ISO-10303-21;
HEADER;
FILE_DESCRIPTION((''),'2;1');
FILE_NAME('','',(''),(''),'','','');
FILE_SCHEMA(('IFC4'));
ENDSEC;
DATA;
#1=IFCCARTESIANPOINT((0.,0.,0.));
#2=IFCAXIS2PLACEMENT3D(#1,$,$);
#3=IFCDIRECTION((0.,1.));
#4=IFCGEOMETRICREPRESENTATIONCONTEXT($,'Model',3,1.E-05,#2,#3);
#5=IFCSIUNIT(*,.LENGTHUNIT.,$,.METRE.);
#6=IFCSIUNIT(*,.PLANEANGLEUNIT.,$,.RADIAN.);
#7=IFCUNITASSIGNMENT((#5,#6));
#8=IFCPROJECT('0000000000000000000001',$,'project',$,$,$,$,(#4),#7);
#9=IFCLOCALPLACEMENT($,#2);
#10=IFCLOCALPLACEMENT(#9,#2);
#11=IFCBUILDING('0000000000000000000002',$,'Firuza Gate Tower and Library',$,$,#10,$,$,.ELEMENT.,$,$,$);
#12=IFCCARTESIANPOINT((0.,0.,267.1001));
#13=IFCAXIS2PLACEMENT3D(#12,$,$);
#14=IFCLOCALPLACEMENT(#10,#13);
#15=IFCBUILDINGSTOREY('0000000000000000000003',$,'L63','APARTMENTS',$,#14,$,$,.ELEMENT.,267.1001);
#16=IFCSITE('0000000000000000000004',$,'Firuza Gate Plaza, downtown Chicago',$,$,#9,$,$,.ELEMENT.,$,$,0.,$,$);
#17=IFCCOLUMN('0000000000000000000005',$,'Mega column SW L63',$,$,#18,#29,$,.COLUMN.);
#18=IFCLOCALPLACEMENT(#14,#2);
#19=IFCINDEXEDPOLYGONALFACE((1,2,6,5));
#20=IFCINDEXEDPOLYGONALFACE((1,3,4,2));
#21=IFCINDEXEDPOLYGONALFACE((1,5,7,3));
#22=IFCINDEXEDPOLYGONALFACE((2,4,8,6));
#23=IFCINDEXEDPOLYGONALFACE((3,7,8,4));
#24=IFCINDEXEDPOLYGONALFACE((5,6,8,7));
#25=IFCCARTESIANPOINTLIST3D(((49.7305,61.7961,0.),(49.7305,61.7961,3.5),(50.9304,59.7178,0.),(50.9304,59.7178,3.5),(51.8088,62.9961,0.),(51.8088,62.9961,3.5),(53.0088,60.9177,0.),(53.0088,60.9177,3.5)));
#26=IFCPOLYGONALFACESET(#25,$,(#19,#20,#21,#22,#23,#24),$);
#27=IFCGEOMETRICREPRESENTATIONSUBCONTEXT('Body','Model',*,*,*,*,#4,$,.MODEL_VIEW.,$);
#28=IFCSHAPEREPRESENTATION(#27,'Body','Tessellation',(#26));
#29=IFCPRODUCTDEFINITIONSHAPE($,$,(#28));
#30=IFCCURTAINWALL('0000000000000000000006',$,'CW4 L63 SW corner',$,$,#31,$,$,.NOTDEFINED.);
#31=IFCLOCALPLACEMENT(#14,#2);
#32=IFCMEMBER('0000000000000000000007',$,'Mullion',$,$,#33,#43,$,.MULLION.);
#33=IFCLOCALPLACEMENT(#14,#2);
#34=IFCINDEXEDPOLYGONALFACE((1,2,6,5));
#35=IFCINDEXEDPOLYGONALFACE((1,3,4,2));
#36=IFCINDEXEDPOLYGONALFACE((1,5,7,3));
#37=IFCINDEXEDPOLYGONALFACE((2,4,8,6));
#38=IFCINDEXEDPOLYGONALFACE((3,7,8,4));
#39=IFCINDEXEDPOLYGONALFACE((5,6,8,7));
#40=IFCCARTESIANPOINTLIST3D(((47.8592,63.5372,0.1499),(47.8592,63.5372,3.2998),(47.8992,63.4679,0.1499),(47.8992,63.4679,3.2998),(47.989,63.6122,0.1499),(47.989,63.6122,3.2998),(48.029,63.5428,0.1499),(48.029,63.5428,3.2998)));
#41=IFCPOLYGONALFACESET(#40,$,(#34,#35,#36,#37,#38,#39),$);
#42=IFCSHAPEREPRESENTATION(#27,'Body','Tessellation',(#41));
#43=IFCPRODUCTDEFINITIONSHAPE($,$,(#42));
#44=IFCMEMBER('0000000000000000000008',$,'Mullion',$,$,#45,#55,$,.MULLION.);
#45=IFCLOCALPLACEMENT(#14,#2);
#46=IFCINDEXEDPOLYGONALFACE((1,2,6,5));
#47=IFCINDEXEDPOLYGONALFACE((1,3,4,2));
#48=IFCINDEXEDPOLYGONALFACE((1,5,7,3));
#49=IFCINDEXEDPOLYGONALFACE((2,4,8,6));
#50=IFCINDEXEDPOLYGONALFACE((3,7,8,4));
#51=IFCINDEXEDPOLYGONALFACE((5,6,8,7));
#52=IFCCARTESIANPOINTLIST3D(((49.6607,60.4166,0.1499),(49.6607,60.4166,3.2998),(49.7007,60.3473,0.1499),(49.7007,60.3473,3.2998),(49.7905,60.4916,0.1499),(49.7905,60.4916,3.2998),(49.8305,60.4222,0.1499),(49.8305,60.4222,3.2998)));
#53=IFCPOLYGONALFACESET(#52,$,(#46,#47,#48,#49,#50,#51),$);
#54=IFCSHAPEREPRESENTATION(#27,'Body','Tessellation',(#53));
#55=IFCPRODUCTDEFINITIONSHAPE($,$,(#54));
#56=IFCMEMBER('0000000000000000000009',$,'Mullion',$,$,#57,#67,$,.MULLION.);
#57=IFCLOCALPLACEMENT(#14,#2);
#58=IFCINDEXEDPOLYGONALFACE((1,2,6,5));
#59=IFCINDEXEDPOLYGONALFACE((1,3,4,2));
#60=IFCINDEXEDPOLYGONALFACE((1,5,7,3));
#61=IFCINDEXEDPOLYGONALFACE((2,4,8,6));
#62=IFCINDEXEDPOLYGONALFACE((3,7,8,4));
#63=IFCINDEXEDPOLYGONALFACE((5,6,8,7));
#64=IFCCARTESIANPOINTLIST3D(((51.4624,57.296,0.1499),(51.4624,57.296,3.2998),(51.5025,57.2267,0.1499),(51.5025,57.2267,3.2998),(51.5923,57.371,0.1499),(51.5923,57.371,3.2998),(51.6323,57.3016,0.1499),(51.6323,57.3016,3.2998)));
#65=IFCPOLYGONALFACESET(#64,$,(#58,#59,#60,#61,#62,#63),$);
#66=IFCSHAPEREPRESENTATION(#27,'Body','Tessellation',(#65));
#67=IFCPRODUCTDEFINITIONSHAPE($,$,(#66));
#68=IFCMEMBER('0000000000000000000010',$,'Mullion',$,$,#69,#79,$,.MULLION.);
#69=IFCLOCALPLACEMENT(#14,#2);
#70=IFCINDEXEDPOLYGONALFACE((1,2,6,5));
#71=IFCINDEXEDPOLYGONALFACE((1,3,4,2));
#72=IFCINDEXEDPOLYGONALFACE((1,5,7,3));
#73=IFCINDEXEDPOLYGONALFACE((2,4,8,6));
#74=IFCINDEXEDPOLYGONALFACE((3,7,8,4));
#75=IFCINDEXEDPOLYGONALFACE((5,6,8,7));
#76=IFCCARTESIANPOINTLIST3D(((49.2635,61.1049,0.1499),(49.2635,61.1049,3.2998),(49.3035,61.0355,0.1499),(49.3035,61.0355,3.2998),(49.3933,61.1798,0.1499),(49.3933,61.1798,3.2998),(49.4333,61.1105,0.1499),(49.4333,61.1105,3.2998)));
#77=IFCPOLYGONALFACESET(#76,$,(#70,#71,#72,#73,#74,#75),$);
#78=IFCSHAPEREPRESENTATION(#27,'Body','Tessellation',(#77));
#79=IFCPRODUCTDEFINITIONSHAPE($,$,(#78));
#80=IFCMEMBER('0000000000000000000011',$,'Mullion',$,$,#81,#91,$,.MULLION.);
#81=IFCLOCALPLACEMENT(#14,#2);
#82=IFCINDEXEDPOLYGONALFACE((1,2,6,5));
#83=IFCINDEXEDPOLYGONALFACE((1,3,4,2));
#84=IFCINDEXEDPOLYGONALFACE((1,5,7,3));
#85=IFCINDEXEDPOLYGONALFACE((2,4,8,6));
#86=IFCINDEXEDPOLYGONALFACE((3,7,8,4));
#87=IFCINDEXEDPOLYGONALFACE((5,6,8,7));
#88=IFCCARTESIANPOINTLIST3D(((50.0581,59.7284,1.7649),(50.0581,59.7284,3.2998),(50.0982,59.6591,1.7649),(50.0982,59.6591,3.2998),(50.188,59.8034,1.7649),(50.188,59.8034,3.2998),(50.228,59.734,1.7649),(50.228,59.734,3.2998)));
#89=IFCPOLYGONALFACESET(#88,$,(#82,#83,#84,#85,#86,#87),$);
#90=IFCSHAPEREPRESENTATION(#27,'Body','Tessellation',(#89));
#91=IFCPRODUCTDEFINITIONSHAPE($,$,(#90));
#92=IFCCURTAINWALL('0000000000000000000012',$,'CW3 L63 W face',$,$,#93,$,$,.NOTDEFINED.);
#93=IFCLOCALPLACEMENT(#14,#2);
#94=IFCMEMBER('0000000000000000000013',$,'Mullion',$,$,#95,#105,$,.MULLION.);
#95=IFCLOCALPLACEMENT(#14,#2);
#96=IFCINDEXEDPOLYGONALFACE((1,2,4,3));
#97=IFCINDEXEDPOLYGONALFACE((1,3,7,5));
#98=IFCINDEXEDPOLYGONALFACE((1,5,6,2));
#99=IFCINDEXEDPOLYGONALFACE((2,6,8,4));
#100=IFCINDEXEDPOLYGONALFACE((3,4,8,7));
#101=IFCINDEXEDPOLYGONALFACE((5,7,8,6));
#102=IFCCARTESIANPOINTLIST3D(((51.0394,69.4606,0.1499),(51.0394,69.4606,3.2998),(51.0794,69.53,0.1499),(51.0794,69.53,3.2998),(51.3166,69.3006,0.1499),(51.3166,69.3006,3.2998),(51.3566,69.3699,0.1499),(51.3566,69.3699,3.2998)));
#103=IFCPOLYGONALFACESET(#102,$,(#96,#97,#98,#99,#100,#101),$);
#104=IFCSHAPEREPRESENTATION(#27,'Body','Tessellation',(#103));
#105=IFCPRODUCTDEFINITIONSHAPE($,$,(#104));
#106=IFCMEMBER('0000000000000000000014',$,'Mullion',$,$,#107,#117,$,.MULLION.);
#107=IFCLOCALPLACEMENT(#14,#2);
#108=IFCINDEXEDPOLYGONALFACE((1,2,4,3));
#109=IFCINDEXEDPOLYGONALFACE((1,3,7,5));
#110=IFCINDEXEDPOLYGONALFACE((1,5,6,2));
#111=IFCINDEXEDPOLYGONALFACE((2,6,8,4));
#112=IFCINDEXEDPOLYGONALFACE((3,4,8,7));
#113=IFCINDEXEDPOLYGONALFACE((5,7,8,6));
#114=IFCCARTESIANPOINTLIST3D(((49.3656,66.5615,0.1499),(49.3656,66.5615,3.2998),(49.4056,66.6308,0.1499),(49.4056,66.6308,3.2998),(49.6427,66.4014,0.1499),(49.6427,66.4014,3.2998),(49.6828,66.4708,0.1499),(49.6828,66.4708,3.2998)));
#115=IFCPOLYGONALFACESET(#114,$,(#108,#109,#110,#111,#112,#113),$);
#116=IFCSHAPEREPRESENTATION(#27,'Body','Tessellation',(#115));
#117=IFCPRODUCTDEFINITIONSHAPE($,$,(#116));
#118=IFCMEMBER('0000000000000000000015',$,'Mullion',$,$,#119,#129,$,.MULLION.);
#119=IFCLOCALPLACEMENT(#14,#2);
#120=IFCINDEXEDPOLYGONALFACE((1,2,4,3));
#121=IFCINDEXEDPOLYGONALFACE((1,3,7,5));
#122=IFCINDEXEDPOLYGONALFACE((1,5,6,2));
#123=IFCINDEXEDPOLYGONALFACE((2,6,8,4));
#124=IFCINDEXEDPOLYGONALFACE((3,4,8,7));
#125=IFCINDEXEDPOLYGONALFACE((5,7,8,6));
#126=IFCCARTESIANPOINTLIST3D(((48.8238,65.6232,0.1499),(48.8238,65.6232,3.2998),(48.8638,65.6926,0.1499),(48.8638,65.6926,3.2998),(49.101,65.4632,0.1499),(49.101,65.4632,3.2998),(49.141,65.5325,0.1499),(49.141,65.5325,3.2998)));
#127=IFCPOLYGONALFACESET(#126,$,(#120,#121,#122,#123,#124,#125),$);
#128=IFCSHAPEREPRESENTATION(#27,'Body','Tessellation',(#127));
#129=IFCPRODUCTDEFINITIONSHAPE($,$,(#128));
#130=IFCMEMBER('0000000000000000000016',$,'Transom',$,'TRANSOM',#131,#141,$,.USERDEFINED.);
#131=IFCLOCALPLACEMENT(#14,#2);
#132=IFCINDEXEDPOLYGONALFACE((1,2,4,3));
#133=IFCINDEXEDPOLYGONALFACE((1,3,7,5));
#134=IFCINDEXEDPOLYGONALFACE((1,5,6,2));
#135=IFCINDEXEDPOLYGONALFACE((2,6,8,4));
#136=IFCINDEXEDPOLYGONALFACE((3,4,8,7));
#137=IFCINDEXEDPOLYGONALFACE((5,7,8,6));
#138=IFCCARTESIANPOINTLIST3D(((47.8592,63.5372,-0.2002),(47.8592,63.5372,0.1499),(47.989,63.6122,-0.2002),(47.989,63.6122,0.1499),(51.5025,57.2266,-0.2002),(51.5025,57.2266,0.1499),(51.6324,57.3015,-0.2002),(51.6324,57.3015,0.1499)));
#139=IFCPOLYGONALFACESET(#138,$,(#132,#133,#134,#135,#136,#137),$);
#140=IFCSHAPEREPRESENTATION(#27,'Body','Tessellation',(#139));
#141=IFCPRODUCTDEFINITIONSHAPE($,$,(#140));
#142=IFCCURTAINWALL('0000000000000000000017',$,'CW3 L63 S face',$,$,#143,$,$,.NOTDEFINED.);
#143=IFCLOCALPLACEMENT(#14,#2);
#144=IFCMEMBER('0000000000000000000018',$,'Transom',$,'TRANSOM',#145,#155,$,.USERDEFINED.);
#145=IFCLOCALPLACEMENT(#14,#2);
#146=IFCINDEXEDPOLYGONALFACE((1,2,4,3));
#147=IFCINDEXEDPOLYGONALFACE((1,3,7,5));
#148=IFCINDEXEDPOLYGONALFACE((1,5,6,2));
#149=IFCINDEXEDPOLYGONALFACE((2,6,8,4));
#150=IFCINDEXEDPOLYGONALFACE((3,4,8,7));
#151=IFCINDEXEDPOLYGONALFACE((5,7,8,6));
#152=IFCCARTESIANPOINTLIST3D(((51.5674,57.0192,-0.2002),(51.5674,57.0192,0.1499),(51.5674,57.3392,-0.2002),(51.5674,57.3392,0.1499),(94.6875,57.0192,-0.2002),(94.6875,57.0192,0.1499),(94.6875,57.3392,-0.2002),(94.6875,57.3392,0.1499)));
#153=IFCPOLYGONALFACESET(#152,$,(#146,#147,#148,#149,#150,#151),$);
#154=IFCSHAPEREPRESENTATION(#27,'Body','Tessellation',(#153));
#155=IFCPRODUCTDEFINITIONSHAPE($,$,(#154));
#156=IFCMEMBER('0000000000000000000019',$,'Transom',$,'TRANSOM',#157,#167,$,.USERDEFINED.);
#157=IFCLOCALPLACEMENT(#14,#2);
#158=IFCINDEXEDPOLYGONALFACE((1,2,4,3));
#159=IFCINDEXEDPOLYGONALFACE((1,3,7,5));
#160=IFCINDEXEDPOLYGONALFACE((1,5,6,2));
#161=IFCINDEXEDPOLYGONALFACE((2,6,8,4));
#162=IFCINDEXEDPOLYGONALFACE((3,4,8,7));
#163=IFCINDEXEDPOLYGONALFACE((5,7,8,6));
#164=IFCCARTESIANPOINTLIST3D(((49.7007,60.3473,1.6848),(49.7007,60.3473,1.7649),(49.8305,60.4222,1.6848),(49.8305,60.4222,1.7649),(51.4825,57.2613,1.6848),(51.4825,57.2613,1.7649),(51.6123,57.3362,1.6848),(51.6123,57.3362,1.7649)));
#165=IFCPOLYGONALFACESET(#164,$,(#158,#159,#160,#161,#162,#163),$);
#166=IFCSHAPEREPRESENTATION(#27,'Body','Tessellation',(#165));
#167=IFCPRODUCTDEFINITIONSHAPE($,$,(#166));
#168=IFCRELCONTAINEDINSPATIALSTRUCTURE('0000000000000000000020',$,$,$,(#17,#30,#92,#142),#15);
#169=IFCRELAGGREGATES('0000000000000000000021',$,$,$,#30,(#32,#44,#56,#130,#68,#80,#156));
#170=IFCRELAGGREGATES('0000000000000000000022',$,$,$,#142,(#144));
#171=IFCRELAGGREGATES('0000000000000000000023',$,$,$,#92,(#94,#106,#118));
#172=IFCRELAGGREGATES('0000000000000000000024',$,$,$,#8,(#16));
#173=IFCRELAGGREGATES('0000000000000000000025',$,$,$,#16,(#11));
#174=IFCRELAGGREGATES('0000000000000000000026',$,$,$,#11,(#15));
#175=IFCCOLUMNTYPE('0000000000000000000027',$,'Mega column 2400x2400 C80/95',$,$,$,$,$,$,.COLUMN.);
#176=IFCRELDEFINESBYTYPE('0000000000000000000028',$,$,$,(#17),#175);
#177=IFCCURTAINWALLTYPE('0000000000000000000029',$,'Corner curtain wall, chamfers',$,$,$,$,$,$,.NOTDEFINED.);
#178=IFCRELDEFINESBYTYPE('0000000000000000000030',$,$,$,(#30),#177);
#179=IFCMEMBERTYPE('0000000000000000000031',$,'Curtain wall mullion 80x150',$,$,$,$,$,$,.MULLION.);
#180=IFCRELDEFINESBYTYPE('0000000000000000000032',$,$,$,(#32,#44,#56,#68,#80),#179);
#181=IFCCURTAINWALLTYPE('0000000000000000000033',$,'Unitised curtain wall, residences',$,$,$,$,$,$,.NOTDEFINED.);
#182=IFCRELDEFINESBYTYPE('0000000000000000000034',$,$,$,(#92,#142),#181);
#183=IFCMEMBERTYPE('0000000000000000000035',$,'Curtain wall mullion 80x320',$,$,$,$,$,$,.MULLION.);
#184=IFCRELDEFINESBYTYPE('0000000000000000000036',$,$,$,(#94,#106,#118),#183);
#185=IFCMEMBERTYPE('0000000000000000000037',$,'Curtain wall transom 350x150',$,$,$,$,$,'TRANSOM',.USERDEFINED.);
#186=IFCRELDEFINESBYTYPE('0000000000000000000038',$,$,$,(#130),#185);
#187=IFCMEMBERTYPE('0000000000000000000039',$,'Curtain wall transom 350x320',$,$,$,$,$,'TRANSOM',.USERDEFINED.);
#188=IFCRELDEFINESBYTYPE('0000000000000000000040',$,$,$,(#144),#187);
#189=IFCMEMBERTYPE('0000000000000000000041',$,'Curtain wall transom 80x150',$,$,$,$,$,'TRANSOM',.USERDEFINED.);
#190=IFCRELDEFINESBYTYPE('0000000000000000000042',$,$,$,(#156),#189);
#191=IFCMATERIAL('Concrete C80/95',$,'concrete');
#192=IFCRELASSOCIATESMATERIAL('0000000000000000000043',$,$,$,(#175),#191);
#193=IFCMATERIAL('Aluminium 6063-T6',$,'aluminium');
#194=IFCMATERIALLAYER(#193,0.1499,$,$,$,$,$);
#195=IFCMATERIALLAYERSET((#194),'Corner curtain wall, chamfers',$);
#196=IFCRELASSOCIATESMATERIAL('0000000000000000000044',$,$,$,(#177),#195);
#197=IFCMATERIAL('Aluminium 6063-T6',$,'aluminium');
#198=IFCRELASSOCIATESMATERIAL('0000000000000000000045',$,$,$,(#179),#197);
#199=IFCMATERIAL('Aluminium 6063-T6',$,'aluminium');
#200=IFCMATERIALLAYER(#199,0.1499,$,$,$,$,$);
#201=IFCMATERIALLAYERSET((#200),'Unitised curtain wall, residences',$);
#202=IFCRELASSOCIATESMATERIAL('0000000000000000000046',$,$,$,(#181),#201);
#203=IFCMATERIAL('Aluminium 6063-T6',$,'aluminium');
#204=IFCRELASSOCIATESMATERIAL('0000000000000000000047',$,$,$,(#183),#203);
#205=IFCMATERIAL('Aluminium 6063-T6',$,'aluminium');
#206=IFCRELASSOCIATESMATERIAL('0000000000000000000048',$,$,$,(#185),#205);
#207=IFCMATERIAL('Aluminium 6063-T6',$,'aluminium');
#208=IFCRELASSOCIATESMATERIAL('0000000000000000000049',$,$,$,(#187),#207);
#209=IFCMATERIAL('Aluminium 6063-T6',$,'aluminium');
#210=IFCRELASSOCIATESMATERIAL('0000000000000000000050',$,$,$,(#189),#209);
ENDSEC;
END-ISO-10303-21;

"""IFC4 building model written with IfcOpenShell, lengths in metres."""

from ifc_helpers import new_model, si_unit, direction, frame, origin, origin_2d, place, context, subcontext, project, spatial, rectangle, extrude, material, layer, layer_set, material_profile, profile_set, type_object, element, aggregate, save


model = new_model("IFC4")

# Units and contexts
model_context = context("Model", 3, precision=1e-05, world=origin(), true_north=direction((0.0, 1.0)))
body_context = subcontext(model_context, "Body", "Model", "MODEL_VIEW")
ifc_project = project(units=[si_unit("LENGTHUNIT", "METRE"), si_unit("PLANEANGLEUNIT", "RADIAN")], contexts=[model_context])

# Site, building, storey
site_placement = place(None, origin())
site = spatial("IfcSite", under=ifc_project, at=site_placement, Name="Firuza Gate Plaza, downtown Chicago", CompositionType="ELEMENT", RefElevation=0.0)
building_placement = place(site_placement, origin())
building = spatial("IfcBuilding", under=site, at=building_placement, Name="Firuza Gate Tower and Library", CompositionType="ELEMENT")
storey_placement = place(building_placement, frame((0.0, 0.0, 267.1001)))
storey = spatial("IfcBuildingStorey", under=building, at=storey_placement, Name="L63", Description="APARTMENTS", CompositionType="ELEMENT", Elevation=267.1001)

# Column
ifc_material_1 = material(Name="Concrete C80/95", Category="concrete")
ifc_material_profile_1 = material_profile(ifc_material_1, rectangle(XDim=2.3999, YDim=2.3999, at=origin_2d()))
ifc_profile_set_1 = profile_set([ifc_material_profile_1], Name="Concrete C80/95")
column_type = type_object("IfcColumnType", Name="Mega column 2400x2400 C80/95", PredefinedType="COLUMN", material=ifc_profile_set_1)
column_placement = place(storey_placement, frame((51.3696, 61.3569, 0.0), z_axis=(0.0, 0.0, 1.0), x_axis=(0.5, -0.866025, 0.0)))
element("IfcColumn", 1, at=column_placement, inside=storey, type_object=column_type, Name="Mega column SW L63", PredefinedType="COLUMN", context=body_context, shape_type="SweptSolid", body=[
    extrude(rectangle(XDim=2.3999, YDim=2.3999, at=origin_2d()), origin(), (0.0, 0.0, 1.0), 3.5),
])

# Curtain walls, members
ifc_material_2 = material(Name="Aluminium 6063-T6", Category="aluminium")
ifc_layer_1 = layer(ifc_material_2, 0.1499)
ifc_layer_set_1 = layer_set([ifc_layer_1], Name="Corner curtain wall, chamfers")
curtain_wall_type_1 = type_object("IfcCurtainWallType", Name="Corner curtain wall, chamfers", PredefinedType="NOTDEFINED", material=ifc_layer_set_1)
placement_1 = place(storey_placement, origin())
curtain_wall_1 = element("IfcCurtainWall", 2, at=placement_1, inside=storey, type_object=curtain_wall_type_1, Name="CW4 L63 SW corner", PredefinedType="NOTDEFINED")
ifc_material_3 = material(Name="Aluminium 6063-T6", Category="aluminium")
ifc_material_profile_2 = material_profile(ifc_material_3, rectangle(XDim=0.1499, YDim=0.0801, at=origin_2d()))
ifc_profile_set_2 = profile_set([ifc_material_profile_2], Name="Aluminium 6063-T6")
member_type_1 = type_object("IfcMemberType", Name="Curtain wall mullion 80x150", PredefinedType="MULLION", material=ifc_profile_set_2)
member_1_placement = place(storey_placement, frame((47.9441, 63.54, 0.1499), z_axis=(0.0, 0.0, 1.0), x_axis=(0.866025, 0.5, 0.0)))
member_1 = element("IfcMember", 3, at=member_1_placement, type_object=member_type_1, Name="Mullion", PredefinedType="MULLION", context=body_context, shape_type="SweptSolid", body=[
    extrude(rectangle(XDim=0.1499, YDim=0.0801, at=origin_2d()), origin(), (0.0, 0.0, 1.0), 3.1499),
])
member_2_placement = place(storey_placement, frame((49.7456, 60.4194, 0.1499), z_axis=(0.0, 0.0, 1.0), x_axis=(0.866025, 0.5, 0.0)))
member_2 = element("IfcMember", 4, at=member_2_placement, type_object=member_type_1, Name="Mullion", PredefinedType="MULLION", context=body_context, shape_type="SweptSolid", body=[
    extrude(rectangle(XDim=0.1499, YDim=0.0801, at=origin_2d()), origin(), (0.0, 0.0, 1.0), 3.1499),
])
member_3_placement = place(storey_placement, frame((51.5474, 57.2988, 0.1499), z_axis=(0.0, 0.0, 1.0), x_axis=(0.866025, 0.5, 0.0)))
member_3 = element("IfcMember", 5, at=member_3_placement, type_object=member_type_1, Name="Mullion", PredefinedType="MULLION", context=body_context, shape_type="SweptSolid", body=[
    extrude(rectangle(XDim=0.1499, YDim=0.0801, at=origin_2d()), origin(), (0.0, 0.0, 1.0), 3.1499),
])
member_4_placement = place(storey_placement, frame((49.3484, 61.1077, 0.1499), z_axis=(0.0, 0.0, 1.0), x_axis=(0.866025, 0.5, 0.0)))
member_4 = element("IfcMember", 6, at=member_4_placement, type_object=member_type_1, Name="Mullion", PredefinedType="MULLION", context=body_context, shape_type="SweptSolid", body=[
    extrude(rectangle(XDim=0.1499, YDim=0.0801, at=origin_2d()), origin(), (0.0, 0.0, 1.0), 3.1499),
])
member_5_placement = place(storey_placement, frame((50.1431, 59.7312, 1.7649), z_axis=(0.0, 0.0, 1.0), x_axis=(0.866025, 0.5, 0.0)))
member_5 = element("IfcMember", 7, at=member_5_placement, type_object=member_type_1, Name="Mullion", PredefinedType="MULLION", context=body_context, shape_type="SweptSolid", body=[
    extrude(rectangle(XDim=0.1499, YDim=0.0801, at=origin_2d()), origin(), (0.0, 0.0, 1.0), 1.5349),
])
ifc_material_4 = material(Name="Aluminium 6063-T6", Category="aluminium")
ifc_layer_2 = layer(ifc_material_4, 0.1499)
ifc_layer_set_2 = layer_set([ifc_layer_2], Name="Unitised curtain wall, residences")
curtain_wall_type_2 = type_object("IfcCurtainWallType", Name="Unitised curtain wall, residences", PredefinedType="NOTDEFINED", material=ifc_layer_set_2)
curtain_wall_2 = element("IfcCurtainWall", 8, at=placement_1, inside=storey, type_object=curtain_wall_type_2, Name="CW3 L63 W face", PredefinedType="NOTDEFINED")
ifc_material_5 = material(Name="Aluminium 6063-T6", Category="aluminium")
ifc_material_profile_3 = material_profile(ifc_material_5, rectangle(XDim=0.3201, YDim=0.0801, at=origin_2d()))
ifc_profile_set_3 = profile_set([ifc_material_profile_3], Name="Aluminium 6063-T6")
member_type_2 = type_object("IfcMemberType", Name="Curtain wall mullion 80x320", PredefinedType="MULLION", material=ifc_profile_set_3)
member_6_placement = place(storey_placement, frame((51.198, 69.4153, 0.1499), z_axis=(0.0, 0.0, 1.0), x_axis=(0.866025, -0.5, 0.0)))
member_6 = element("IfcMember", 9, at=member_6_placement, type_object=member_type_2, Name="Mullion", PredefinedType="MULLION", context=body_context, shape_type="SweptSolid", body=[
    extrude(rectangle(XDim=0.3201, YDim=0.0801, at=origin_2d()), origin(), (0.0, 0.0, 1.0), 3.1499),
])
member_7_placement = place(storey_placement, frame((49.5242, 66.5161, 0.1499), z_axis=(0.0, 0.0, 1.0), x_axis=(0.866025, -0.5, 0.0)))
member_7 = element("IfcMember", 10, at=member_7_placement, type_object=member_type_2, Name="Mullion", PredefinedType="MULLION", context=body_context, shape_type="SweptSolid", body=[
    extrude(rectangle(XDim=0.3201, YDim=0.0801, at=origin_2d()), origin(), (0.0, 0.0, 1.0), 3.1499),
])
member_8_placement = place(storey_placement, frame((48.9824, 65.5779, 0.1499), z_axis=(0.0, 0.0, 1.0), x_axis=(0.866025, -0.5, 0.0)))
member_8 = element("IfcMember", 11, at=member_8_placement, type_object=member_type_2, Name="Mullion", PredefinedType="MULLION", context=body_context, shape_type="SweptSolid", body=[
    extrude(rectangle(XDim=0.3201, YDim=0.0801, at=origin_2d()), origin(), (0.0, 0.0, 1.0), 3.1499),
])

# Member
ifc_material_6 = material(Name="Aluminium 6063-T6", Category="aluminium")
ifc_material_profile_4 = material_profile(ifc_material_6, rectangle(XDim=0.1499, YDim=0.3501, at=origin_2d()))
ifc_profile_set_4 = profile_set([ifc_material_profile_4], Name="Aluminium 6063-T6")
member_type_3 = type_object("IfcMemberType", Name="Curtain wall transom 350x150", ElementType="TRANSOM", PredefinedType="USERDEFINED", material=ifc_profile_set_4)
member_9_placement = place(storey_placement, frame((47.9241, 63.5747, -0.0251), z_axis=(0.499991, -0.86603, 0.0), x_axis=(0.86603, 0.499991, 0.0)))
member_9 = element("IfcMember", 12, at=member_9_placement, type_object=member_type_3, Name="Transom", ObjectType="TRANSOM", PredefinedType="USERDEFINED", context=body_context, shape_type="SweptSolid", body=[
    extrude(rectangle(XDim=0.1499, YDim=0.3501, at=origin_2d()), origin(), (0.0, 0.0, 1.0), 7.2869),
])

# Curtain wall, member
curtain_wall_3 = element("IfcCurtainWall", 13, at=placement_1, inside=storey, type_object=curtain_wall_type_2, Name="CW3 L63 S face", PredefinedType="NOTDEFINED")
ifc_material_7 = material(Name="Aluminium 6063-T6", Category="aluminium")
ifc_material_profile_5 = material_profile(ifc_material_7, rectangle(XDim=0.3201, YDim=0.3501, at=origin_2d()))
ifc_profile_set_5 = profile_set([ifc_material_profile_5], Name="Aluminium 6063-T6")
member_type_4 = type_object("IfcMemberType", Name="Curtain wall transom 350x320", ElementType="TRANSOM", PredefinedType="USERDEFINED", material=ifc_profile_set_5)
member_10_placement = place(storey_placement, frame((51.5674, 57.1792, -0.0251), z_axis=(1.0, 0.0, 0.0), x_axis=(0.0, 1.0, 0.0)))
member_10 = element("IfcMember", 14, at=member_10_placement, type_object=member_type_4, Name="Transom", ObjectType="TRANSOM", PredefinedType="USERDEFINED", context=body_context, shape_type="SweptSolid", body=[
    extrude(rectangle(XDim=0.3201, YDim=0.3501, at=origin_2d()), origin(), (0.0, 0.0, 1.0), 43.1201),
])

# Member
ifc_material_8 = material(Name="Aluminium 6063-T6", Category="aluminium")
ifc_material_profile_6 = material_profile(ifc_material_8, rectangle(XDim=0.1499, YDim=0.0801, at=origin_2d()))
ifc_profile_set_6 = profile_set([ifc_material_profile_6], Name="Aluminium 6063-T6")
member_type_5 = type_object("IfcMemberType", Name="Curtain wall transom 80x150", ElementType="TRANSOM", PredefinedType="USERDEFINED", material=ifc_profile_set_6)
member_11_placement = place(storey_placement, frame((49.7656, 60.3848, 1.7249), z_axis=(0.500015, -0.866017, 0.0), x_axis=(0.866017, 0.500015, 0.0)))
member_11 = element("IfcMember", 15, at=member_11_placement, type_object=member_type_5, Name="Transom", ObjectType="TRANSOM", PredefinedType="USERDEFINED", context=body_context, shape_type="SweptSolid", body=[
    extrude(rectangle(XDim=0.1499, YDim=0.0801, at=origin_2d()), origin(), (0.0, 0.0, 1.0), 3.5635),
])

aggregate(curtain_wall_1, [member_1, member_2, member_3, member_9, member_4, member_5, member_11])
aggregate(curtain_wall_3, [member_10])
aggregate(curtain_wall_2, [member_6, member_7, member_8])

save(model, "model.ifc")
